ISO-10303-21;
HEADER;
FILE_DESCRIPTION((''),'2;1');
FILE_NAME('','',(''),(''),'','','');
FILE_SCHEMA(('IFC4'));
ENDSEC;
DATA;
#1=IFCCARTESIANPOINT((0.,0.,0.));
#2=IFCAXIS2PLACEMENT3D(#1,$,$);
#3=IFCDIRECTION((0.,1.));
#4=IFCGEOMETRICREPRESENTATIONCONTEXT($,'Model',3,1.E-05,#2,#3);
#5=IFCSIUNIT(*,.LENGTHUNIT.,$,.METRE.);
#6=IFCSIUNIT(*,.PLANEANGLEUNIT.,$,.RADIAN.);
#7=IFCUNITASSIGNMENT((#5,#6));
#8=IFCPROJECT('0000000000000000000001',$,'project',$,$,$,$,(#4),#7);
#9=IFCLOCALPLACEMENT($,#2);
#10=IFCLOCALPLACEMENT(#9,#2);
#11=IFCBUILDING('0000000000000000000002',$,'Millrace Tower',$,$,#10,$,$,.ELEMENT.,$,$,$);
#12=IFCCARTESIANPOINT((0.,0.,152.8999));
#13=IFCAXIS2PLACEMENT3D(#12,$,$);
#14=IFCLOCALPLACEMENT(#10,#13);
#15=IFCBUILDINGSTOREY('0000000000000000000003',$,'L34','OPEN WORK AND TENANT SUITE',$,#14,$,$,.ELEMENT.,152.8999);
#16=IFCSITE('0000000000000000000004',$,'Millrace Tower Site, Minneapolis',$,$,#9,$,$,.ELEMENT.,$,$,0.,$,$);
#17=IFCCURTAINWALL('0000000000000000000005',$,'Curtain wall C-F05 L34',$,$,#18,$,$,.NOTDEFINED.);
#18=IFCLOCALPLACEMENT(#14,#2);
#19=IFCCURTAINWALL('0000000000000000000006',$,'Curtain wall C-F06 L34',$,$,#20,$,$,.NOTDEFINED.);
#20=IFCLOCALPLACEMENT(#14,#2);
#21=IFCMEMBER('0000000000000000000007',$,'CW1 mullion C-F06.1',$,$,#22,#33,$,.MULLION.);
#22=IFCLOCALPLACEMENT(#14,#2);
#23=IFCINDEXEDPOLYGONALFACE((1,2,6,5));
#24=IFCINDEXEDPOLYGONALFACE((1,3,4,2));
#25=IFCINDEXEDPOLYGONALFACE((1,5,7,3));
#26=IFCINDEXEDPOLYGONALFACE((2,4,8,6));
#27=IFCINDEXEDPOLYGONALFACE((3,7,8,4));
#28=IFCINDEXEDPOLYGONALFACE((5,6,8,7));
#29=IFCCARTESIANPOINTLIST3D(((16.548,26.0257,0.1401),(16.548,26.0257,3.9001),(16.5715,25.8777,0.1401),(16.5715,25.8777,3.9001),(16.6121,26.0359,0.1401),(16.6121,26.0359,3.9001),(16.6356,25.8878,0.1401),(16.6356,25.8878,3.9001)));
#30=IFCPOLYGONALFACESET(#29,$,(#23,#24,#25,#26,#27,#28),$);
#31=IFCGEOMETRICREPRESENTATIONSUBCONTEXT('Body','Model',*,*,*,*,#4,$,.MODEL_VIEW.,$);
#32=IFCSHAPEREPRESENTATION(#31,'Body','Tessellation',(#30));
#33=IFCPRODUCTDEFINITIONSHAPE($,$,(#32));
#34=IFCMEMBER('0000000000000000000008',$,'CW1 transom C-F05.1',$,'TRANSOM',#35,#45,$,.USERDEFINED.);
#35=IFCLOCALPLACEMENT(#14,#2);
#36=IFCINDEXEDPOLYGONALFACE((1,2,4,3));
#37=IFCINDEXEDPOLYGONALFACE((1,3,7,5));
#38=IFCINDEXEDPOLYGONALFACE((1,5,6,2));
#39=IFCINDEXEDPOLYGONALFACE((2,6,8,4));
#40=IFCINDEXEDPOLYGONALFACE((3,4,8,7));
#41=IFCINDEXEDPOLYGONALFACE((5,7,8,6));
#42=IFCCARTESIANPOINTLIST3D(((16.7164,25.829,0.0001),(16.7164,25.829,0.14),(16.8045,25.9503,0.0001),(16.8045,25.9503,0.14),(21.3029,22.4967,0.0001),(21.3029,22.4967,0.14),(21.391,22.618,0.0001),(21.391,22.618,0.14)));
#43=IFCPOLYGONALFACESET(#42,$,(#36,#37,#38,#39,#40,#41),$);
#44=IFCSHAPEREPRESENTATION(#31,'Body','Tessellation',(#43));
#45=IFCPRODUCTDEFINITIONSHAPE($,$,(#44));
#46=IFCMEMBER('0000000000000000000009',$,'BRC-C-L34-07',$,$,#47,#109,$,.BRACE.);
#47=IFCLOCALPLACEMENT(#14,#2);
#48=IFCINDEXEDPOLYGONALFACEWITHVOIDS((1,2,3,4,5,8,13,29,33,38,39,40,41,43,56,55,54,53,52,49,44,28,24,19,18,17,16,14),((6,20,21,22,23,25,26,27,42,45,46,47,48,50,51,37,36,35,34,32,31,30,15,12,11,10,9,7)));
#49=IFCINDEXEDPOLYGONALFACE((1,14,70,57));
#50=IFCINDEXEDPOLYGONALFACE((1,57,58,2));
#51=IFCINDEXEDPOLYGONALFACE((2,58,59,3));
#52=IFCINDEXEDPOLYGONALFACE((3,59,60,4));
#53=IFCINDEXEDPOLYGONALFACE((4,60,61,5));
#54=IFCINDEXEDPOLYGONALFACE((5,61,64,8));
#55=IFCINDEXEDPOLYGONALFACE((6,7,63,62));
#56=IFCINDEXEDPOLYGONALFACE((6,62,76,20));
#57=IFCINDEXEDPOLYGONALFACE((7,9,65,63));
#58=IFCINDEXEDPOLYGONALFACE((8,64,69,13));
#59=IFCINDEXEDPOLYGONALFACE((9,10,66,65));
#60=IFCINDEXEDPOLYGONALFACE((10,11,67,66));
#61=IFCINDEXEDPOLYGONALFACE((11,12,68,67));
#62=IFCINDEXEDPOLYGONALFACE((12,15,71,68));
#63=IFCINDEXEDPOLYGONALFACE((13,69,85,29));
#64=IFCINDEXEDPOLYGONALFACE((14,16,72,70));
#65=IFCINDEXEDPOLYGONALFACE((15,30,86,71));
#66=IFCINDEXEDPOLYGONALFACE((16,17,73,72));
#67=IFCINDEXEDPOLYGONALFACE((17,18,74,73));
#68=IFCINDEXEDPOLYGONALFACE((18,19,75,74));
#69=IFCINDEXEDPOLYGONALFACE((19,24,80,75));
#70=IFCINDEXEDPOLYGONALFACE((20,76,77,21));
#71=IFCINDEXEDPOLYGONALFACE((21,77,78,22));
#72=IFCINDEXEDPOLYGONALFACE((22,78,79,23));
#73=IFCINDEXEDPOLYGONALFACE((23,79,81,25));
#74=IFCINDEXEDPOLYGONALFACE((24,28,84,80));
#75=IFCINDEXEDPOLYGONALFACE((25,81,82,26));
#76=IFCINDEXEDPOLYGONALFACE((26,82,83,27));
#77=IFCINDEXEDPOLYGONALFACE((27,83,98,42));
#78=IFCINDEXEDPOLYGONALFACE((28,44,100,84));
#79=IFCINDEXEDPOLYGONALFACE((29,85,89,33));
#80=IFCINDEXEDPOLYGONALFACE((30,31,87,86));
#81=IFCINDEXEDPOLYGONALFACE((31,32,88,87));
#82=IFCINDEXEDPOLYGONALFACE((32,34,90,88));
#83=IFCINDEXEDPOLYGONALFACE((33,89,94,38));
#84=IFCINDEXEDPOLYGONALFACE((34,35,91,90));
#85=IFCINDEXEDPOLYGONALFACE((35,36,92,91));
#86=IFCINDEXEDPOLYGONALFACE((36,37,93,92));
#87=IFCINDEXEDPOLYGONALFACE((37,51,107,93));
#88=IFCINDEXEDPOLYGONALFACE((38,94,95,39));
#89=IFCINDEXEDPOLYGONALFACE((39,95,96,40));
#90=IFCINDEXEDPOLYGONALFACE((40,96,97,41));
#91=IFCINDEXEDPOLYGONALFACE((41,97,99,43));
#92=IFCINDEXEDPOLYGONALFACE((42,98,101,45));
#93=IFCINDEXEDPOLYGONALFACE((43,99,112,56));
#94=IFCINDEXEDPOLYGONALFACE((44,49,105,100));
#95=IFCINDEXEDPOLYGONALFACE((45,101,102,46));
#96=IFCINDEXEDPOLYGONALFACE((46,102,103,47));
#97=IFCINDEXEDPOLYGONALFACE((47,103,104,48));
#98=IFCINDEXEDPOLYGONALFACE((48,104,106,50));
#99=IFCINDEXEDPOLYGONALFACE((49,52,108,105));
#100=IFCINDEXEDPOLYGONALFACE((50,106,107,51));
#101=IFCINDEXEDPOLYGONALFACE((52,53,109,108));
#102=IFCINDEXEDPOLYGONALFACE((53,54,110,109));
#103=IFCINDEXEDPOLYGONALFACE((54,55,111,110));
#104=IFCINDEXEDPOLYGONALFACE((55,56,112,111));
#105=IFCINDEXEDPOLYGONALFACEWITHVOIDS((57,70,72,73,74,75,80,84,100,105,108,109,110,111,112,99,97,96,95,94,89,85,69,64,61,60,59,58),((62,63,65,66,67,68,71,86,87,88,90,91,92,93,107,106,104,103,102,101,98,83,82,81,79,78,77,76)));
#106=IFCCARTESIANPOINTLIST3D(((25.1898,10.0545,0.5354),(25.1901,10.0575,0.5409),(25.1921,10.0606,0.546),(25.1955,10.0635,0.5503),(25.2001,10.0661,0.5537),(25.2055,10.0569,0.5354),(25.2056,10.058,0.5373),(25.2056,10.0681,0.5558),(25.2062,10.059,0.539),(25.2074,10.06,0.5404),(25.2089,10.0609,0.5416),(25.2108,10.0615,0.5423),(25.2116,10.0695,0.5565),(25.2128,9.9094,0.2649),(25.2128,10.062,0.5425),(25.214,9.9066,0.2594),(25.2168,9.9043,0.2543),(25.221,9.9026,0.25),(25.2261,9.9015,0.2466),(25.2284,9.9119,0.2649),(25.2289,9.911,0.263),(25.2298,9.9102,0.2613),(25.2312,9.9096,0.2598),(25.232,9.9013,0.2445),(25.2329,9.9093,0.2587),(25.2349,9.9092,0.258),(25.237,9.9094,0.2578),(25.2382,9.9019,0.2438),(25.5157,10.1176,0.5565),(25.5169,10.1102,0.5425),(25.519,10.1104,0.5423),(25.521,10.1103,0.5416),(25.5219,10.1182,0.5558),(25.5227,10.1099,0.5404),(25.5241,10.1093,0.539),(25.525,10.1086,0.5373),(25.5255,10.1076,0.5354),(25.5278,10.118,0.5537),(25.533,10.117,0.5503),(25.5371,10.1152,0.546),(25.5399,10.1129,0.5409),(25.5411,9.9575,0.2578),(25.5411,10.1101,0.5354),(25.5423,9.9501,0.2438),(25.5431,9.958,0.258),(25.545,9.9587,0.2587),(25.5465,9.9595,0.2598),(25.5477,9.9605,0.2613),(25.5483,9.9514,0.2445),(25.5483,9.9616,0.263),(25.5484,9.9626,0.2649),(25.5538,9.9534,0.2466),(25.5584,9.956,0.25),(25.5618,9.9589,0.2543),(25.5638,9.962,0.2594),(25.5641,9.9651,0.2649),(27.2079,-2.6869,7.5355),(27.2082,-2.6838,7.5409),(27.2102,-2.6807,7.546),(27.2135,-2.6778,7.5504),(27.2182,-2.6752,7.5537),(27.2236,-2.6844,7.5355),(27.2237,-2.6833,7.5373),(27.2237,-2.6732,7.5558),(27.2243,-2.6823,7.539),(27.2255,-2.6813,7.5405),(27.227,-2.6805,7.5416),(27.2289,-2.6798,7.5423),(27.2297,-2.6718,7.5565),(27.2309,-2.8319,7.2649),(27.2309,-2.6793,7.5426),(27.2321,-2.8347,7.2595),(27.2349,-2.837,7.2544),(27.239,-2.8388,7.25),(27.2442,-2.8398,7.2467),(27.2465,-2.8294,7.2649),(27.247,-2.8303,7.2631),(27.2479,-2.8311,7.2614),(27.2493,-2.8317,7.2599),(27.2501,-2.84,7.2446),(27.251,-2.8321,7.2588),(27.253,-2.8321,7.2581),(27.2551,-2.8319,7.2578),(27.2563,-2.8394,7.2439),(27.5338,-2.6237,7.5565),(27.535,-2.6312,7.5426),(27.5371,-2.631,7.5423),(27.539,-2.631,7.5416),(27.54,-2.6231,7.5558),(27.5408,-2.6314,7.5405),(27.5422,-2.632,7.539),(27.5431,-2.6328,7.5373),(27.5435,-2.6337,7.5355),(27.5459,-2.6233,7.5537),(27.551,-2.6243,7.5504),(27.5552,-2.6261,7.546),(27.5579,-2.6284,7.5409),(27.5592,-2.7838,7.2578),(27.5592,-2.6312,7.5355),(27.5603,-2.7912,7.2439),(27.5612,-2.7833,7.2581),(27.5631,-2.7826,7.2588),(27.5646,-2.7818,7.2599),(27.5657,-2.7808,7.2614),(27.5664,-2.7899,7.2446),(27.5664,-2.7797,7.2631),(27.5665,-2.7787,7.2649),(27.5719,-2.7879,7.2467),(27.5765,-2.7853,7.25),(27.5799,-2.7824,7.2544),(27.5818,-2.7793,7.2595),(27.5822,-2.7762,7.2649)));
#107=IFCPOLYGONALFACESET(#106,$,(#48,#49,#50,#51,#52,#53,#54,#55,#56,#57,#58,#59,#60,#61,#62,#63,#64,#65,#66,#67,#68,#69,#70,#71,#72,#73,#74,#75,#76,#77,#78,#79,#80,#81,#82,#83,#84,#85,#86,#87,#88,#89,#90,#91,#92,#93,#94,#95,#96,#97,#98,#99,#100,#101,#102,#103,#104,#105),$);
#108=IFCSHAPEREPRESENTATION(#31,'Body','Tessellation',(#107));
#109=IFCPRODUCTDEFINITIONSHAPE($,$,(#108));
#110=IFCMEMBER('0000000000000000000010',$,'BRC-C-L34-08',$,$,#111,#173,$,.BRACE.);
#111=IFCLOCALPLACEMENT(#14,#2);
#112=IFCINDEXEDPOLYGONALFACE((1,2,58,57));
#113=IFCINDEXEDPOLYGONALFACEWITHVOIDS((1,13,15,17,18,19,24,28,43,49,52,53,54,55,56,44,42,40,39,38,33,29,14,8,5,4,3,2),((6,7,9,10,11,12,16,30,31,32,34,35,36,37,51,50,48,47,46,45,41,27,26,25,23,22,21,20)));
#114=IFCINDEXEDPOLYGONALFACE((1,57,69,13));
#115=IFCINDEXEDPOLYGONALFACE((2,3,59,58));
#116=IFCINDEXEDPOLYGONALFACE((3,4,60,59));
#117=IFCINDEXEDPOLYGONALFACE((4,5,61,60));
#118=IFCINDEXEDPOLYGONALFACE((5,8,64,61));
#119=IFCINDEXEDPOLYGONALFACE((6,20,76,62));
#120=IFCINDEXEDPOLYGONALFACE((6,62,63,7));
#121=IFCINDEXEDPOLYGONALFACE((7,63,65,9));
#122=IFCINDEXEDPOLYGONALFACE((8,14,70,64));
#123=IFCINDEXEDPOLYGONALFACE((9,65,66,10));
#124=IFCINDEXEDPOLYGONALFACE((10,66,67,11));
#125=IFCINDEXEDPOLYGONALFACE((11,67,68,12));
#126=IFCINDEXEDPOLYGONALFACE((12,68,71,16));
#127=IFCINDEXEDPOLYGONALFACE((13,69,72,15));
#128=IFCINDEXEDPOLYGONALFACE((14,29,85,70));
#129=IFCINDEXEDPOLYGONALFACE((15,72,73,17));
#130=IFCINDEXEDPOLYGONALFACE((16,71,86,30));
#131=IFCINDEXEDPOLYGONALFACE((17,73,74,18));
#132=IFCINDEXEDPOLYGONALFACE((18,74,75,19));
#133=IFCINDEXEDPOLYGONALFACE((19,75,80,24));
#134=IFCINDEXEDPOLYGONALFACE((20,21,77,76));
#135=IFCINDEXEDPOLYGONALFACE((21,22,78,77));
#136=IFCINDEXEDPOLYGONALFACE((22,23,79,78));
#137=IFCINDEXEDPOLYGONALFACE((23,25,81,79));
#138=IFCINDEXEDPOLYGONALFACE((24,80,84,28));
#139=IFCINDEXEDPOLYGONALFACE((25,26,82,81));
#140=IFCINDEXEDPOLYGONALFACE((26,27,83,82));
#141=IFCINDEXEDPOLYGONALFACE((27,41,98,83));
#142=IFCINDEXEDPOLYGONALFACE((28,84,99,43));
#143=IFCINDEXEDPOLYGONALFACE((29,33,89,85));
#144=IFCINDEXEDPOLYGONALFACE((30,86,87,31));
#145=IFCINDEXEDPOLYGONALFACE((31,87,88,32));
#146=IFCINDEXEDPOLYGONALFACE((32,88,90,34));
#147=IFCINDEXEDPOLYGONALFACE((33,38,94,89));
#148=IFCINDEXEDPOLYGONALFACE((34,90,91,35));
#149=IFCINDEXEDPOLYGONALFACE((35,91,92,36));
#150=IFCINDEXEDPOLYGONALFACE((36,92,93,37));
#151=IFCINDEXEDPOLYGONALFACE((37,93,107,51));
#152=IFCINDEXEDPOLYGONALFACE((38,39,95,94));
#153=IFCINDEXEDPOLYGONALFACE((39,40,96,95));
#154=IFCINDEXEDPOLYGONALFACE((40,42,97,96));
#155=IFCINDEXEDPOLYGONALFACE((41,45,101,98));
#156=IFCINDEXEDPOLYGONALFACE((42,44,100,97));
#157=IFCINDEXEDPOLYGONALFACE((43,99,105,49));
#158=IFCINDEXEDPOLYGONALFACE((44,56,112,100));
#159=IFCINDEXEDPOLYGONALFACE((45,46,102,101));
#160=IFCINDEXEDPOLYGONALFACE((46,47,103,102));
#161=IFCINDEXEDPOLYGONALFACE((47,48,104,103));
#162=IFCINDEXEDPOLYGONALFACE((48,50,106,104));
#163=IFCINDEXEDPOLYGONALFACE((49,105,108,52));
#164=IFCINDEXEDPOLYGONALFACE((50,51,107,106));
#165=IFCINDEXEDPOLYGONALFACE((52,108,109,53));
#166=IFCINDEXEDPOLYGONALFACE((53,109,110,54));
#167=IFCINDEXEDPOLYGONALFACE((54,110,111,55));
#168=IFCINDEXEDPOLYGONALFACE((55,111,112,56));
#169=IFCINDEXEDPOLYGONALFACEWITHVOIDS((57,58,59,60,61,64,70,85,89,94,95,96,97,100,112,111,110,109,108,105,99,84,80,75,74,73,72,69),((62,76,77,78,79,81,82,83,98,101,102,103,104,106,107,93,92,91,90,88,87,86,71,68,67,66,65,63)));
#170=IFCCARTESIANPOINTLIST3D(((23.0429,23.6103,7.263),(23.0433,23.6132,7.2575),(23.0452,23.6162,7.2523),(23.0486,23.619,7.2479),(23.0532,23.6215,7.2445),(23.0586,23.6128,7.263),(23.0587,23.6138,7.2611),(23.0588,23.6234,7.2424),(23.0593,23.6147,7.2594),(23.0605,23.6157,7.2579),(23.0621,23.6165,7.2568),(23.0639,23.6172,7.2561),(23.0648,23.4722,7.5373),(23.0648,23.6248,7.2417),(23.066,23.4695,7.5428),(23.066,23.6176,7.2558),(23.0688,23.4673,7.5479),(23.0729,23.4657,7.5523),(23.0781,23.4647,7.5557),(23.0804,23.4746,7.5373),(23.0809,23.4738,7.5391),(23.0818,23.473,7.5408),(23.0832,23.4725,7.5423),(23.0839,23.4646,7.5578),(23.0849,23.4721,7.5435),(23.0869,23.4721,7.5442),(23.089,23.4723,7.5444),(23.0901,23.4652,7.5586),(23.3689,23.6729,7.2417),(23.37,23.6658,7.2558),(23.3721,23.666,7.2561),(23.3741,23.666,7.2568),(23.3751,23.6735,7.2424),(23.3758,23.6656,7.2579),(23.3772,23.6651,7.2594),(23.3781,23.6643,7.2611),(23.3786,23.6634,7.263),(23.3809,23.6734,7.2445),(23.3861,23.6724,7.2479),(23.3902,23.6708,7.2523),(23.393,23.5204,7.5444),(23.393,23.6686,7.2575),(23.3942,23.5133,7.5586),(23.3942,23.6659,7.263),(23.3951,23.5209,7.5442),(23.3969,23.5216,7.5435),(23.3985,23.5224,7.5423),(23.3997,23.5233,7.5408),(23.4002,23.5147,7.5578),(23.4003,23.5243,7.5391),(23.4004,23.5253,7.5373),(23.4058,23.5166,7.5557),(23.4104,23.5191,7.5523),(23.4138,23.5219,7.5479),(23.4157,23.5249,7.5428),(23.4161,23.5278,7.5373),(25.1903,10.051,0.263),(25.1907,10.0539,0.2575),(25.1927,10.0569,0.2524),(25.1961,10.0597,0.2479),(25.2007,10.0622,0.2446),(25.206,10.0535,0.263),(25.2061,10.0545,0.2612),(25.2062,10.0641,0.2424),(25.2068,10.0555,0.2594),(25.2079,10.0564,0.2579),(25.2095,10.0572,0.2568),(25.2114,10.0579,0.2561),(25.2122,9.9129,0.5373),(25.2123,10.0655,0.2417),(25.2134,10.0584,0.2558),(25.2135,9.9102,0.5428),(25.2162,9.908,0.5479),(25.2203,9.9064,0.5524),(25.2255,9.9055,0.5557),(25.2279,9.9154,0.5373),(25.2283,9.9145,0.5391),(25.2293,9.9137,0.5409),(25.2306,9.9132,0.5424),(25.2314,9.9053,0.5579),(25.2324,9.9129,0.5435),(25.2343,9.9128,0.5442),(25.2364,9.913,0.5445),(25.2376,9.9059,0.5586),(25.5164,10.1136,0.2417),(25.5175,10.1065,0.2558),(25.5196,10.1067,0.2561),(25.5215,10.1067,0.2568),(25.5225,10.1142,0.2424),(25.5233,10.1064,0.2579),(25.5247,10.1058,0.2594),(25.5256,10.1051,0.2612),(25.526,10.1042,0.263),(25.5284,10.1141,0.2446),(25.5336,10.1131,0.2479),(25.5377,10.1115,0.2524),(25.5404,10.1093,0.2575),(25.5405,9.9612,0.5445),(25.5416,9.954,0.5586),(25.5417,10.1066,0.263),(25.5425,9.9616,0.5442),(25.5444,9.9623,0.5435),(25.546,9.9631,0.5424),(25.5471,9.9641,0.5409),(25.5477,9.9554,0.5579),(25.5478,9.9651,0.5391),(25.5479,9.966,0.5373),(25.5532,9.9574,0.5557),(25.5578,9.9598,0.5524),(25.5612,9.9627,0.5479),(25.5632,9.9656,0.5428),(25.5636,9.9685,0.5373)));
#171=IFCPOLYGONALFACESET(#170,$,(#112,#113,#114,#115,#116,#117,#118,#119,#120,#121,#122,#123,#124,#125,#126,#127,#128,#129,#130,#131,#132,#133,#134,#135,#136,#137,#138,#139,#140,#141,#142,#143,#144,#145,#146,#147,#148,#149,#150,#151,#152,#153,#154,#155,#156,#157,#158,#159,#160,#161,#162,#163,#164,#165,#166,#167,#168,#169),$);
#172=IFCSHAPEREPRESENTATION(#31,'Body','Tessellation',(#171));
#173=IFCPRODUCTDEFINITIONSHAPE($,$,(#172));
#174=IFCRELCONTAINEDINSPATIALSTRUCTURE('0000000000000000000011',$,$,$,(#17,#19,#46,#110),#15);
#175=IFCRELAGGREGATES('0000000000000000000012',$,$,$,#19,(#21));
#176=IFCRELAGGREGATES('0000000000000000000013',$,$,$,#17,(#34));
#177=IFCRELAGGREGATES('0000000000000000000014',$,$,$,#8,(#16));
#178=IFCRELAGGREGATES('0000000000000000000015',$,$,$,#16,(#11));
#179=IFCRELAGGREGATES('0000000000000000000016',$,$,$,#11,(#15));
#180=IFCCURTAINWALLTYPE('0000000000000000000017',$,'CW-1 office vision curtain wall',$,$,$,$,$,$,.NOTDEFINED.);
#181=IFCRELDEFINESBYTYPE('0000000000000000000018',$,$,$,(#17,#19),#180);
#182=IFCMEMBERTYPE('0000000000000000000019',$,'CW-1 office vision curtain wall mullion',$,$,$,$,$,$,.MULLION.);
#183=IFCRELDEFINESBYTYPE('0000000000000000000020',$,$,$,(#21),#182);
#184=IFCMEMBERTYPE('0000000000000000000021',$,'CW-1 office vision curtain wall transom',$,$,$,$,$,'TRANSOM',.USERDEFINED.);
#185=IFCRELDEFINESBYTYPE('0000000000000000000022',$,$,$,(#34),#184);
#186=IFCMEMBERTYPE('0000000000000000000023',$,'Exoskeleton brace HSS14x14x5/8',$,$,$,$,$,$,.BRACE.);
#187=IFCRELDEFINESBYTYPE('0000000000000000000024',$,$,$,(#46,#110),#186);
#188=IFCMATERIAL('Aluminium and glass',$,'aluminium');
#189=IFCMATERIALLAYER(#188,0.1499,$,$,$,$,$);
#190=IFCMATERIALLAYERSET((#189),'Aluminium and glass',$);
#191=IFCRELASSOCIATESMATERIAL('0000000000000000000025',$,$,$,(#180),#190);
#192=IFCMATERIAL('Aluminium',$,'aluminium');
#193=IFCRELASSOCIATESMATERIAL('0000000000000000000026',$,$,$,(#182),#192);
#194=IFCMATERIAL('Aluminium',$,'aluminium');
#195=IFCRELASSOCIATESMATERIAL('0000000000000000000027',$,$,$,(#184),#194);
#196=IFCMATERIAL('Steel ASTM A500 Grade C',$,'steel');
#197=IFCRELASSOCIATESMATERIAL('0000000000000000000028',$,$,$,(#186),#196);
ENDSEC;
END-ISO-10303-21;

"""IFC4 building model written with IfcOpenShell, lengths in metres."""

from ifc_helpers import new_model, si_unit, direction, frame, origin, origin_2d, place, context, subcontext, project, spatial, rectangle, hollow_rectangle, extrude, material, layer, layer_set, material_profile, profile_set, type_object, element, aggregate, save


model = new_model("IFC4")

# Units and contexts
model_context = context("Model", 3, precision=1e-05, world=origin(), true_north=direction((0.0, 1.0)))
body_context = subcontext(model_context, "Body", "Model", "MODEL_VIEW")
ifc_project = project(units=[si_unit("LENGTHUNIT", "METRE"), si_unit("PLANEANGLEUNIT", "RADIAN")], contexts=[model_context])

# Site, building, storey
site_placement = place(None, origin())
site = spatial("IfcSite", under=ifc_project, at=site_placement, Name="Millrace Tower Site, Minneapolis", CompositionType="ELEMENT", RefElevation=0.0)
building_placement = place(site_placement, origin())
building = spatial("IfcBuilding", under=site, at=building_placement, Name="Millrace Tower", CompositionType="ELEMENT")
storey_placement = place(building_placement, frame((0.0, 0.0, 152.8999)))
storey = spatial("IfcBuildingStorey", under=building, at=storey_placement, Name="L34", Description="OPEN WORK AND TENANT SUITE", CompositionType="ELEMENT", Elevation=152.8999)

# Shared definitions
ifc_material_1 = material(Name="Aluminium and glass", Category="aluminium")
ifc_layer_1 = layer(ifc_material_1, 0.1499)
ifc_layer_set_1 = layer_set([ifc_layer_1], Name="Aluminium and glass")
curtain_wall_type = type_object("IfcCurtainWallType", Name="CW-1 office vision curtain wall", PredefinedType="NOTDEFINED", material=ifc_layer_set_1)
placement = place(storey_placement, origin())
ifc_material_2 = material(Name="Aluminium", Category="aluminium")
ifc_material_profile_1 = material_profile(ifc_material_2, rectangle(XDim=0.0649, YDim=0.1499, at=origin_2d()))
ifc_profile_set_1 = profile_set([ifc_material_profile_1], Name="Aluminium")
member_type_1 = type_object("IfcMemberType", Name="CW-1 office vision curtain wall mullion", PredefinedType="MULLION", material=ifc_profile_set_1)

# Curtain walls, member
curtain_wall_1 = element("IfcCurtainWall", 1, at=placement, inside=storey, type_object=curtain_wall_type, Name="Curtain wall C-F05 L34", PredefinedType="NOTDEFINED")
curtain_wall_2 = element("IfcCurtainWall", 2, at=placement, inside=storey, type_object=curtain_wall_type, Name="Curtain wall C-F06 L34", PredefinedType="NOTDEFINED")
member_1_placement = place(storey_placement, frame((16.5918, 25.9568, 0.1401), z_axis=(0.0, 0.0, 1.0), x_axis=(-0.987688, -0.156434, 0.0)))
member_1 = element("IfcMember", 3, at=member_1_placement, type_object=member_type_1, Name="CW1 mullion C-F06.1", PredefinedType="MULLION", context=body_context, shape_type="SweptSolid", body=[
    extrude(rectangle(XDim=0.0649, YDim=0.1499, at=origin_2d()), origin(), (0.0, 0.0, 1.0), 3.76),
])
aggregate(curtain_wall_2, [member_1])

# Member
ifc_material_3 = material(Name="Aluminium", Category="aluminium")
ifc_material_profile_2 = material_profile(ifc_material_3, rectangle(XDim=0.1499, YDim=0.1399, at=origin_2d()))
ifc_profile_set_2 = profile_set([ifc_material_profile_2], Name="Aluminium")
member_type_2 = type_object("IfcMemberType", Name="CW-1 office vision curtain wall transom", ElementType="TRANSOM", PredefinedType="USERDEFINED", material=ifc_profile_set_2)
member_2_placement = place(storey_placement, frame((21.3469, 22.5574, 0.0701), z_axis=(-0.809013, 0.58779, 0.0), x_axis=(-0.58779, -0.809013, 0.0)))
member_2 = element("IfcMember", 4, at=member_2_placement, type_object=member_type_2, Name="CW1 transom C-F05.1", ObjectType="TRANSOM", PredefinedType="USERDEFINED", context=body_context, shape_type="SweptSolid", body=[
    extrude(rectangle(XDim=0.1499, YDim=0.1399, at=origin_2d()), origin(), (0.0, 0.0, 1.0), 5.6692),
])
aggregate(curtain_wall_1, [member_2])

# Members
ifc_material_4 = material(Name="Steel ASTM A500 Grade C", Category="steel")
ifc_material_profile_3 = material_profile(ifc_material_4, hollow_rectangle(XDim=0.3557, YDim=0.3557, WallThickness=0.0159, InnerFilletRadius=0.0081, OuterFilletRadius=0.0239, at=origin_2d()))
ifc_profile_set_3 = profile_set([ifc_material_profile_3], Name="Steel ASTM A500 Grade C")
member_type_3 = type_object("IfcMemberType", Name="Exoskeleton brace HSS14x14x5/8", PredefinedType="BRACE", material=ifc_profile_set_3)
member_3_placement = place(storey_placement, frame((25.377, 10.0098, 0.4001), z_axis=(0.1375, -0.868114, 0.47694), x_axis=(0.987688, 0.156439, 0.0)))
element("IfcMember", 5, at=member_3_placement, inside=storey, type_object=member_type_3, Name="BRC-C-L34-07", PredefinedType="BRACE", context=body_context, shape_type="SweptSolid", body=[
    extrude(hollow_rectangle(XDim=0.3557, YDim=0.3557, WallThickness=0.0159, InnerFilletRadius=0.0081, OuterFilletRadius=0.0239, at=origin_2d()), origin(), (0.0, 0.0, 1.0), 14.677),
])
member_4_placement = place(storey_placement, frame((25.377, 10.0098, 0.4001), z_axis=(-0.139355, 0.879907, 0.454252), x_axis=(-0.98769, -0.156426, 0.0)))
element("IfcMember", 6, at=member_4_placement, inside=storey, type_object=member_type_3, Name="BRC-C-L34-08", PredefinedType="BRACE", context=body_context, shape_type="SweptSolid", body=[
    extrude(hollow_rectangle(XDim=0.3557, YDim=0.3557, WallThickness=0.0159, InnerFilletRadius=0.0081, OuterFilletRadius=0.0239, at=origin_2d()), origin(), (0.0, 0.0, 1.0), 15.4099),
])

save(model, "model.ifc")
